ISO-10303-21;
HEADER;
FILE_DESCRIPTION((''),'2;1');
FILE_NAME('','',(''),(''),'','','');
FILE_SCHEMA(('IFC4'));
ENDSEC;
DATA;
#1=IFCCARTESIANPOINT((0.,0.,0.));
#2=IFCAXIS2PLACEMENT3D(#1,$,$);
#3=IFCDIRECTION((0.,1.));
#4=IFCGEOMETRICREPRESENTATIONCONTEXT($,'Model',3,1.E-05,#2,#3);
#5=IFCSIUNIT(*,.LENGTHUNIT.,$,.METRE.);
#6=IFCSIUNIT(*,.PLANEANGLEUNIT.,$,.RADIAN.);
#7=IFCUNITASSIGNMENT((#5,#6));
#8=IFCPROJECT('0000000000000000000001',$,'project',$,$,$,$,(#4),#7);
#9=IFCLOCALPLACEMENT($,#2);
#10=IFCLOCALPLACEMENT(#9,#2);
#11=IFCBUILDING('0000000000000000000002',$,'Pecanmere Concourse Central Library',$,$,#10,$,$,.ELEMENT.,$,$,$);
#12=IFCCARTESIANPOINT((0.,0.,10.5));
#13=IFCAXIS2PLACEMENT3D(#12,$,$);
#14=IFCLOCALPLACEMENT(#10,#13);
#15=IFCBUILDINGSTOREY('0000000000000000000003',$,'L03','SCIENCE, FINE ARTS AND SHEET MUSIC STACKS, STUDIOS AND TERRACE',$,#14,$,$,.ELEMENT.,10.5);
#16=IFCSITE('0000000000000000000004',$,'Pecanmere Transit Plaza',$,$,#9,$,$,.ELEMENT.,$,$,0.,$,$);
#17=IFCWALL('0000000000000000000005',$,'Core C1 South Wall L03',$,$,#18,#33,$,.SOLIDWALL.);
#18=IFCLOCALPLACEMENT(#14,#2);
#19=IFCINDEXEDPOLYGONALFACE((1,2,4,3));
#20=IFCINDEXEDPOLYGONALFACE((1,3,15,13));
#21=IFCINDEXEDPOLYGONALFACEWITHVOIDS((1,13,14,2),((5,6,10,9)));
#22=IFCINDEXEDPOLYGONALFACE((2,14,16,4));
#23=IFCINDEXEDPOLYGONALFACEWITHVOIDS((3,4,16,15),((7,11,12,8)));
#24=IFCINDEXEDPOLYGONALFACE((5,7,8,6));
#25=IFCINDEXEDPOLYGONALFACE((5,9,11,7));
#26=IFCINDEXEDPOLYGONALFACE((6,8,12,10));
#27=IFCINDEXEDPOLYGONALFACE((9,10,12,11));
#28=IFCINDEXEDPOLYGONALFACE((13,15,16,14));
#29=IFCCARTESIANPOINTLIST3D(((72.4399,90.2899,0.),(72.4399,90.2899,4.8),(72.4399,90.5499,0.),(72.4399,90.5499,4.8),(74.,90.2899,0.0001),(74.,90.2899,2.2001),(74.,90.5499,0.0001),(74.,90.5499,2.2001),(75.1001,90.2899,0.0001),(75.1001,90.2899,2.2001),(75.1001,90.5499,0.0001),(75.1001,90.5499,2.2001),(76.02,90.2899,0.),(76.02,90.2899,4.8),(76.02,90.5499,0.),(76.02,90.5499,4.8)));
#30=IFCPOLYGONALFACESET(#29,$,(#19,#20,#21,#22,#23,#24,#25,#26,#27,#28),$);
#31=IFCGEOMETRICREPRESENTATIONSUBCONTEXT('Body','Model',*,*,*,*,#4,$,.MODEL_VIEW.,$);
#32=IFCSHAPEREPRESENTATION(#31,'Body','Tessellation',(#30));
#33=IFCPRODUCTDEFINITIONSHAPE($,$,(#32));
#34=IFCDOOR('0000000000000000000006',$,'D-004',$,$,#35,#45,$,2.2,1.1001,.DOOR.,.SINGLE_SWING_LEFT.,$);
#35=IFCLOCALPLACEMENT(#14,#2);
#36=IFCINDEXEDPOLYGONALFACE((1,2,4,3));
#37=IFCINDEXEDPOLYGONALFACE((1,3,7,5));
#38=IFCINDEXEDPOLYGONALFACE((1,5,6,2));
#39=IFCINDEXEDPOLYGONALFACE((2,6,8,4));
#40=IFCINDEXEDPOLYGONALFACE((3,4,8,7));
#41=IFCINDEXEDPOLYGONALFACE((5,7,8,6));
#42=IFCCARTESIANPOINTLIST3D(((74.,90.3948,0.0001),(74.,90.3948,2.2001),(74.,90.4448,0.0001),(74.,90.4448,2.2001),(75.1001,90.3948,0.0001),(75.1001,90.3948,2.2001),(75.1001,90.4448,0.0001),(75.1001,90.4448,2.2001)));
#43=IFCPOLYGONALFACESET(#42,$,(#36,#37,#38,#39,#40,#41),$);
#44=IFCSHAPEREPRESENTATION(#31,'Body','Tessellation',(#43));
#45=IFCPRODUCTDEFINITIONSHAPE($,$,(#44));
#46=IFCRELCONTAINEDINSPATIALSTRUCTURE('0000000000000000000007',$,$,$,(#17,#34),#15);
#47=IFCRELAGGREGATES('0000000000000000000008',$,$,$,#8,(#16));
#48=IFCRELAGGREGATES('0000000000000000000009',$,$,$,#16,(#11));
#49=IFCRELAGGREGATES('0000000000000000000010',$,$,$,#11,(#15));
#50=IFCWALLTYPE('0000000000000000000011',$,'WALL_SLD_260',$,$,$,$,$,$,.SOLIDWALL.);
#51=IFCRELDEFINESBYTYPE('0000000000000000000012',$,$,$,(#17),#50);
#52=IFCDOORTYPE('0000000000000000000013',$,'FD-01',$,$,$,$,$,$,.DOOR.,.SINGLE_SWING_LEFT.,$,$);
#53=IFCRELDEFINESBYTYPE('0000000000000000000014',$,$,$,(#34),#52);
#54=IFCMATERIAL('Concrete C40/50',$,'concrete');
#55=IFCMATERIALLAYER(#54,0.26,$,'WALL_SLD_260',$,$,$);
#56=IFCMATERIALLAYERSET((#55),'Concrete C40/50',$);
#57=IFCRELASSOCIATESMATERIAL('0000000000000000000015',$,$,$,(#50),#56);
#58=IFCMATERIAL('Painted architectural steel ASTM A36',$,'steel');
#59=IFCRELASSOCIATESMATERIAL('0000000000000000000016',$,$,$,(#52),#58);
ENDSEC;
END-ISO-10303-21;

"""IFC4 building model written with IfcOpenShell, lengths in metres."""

from ifc_helpers import new_model, si_unit, direction, frame, frame_2d, origin, place, context, subcontext, project, spatial, rectangle, extrude, material, layer, layer_set, type_object, element, fill, save


model = new_model("IFC4")

# Units and contexts
model_context = context("Model", 3, precision=1e-05, world=origin(), true_north=direction((0.0, 1.0)))
body_context = subcontext(model_context, "Body", "Model", "MODEL_VIEW")
ifc_project = project(units=[si_unit("LENGTHUNIT", "METRE"), si_unit("PLANEANGLEUNIT", "RADIAN")], contexts=[model_context])

# Site, building, storey
site_placement = place(None, origin())
site = spatial("IfcSite", under=ifc_project, at=site_placement, Name="Pecanmere Transit Plaza", CompositionType="ELEMENT", RefElevation=0.0)
building_placement = place(site_placement, origin())
building = spatial("IfcBuilding", under=site, at=building_placement, Name="Pecanmere Concourse Central Library", CompositionType="ELEMENT")
storey_placement = place(building_placement, frame((0.0, 0.0, 10.5)))
storey = spatial("IfcBuildingStorey", under=building, at=storey_placement, Name="L03", Description="SCIENCE, FINE ARTS AND SHEET MUSIC STACKS, STUDIOS AND TERRACE", CompositionType="ELEMENT", Elevation=10.5)

# Wall, opening, door
ifc_material_1 = material(Name="Concrete C40/50", Category="concrete")
ifc_layer_1 = layer(ifc_material_1, 0.26, Name="WALL_SLD_260")
ifc_layer_set_1 = layer_set([ifc_layer_1], Name="Concrete C40/50")
wall_type = type_object("IfcWallType", Name="WALL_SLD_260", PredefinedType="SOLIDWALL", material=ifc_layer_set_1)
wall_placement = place(storey_placement, frame((72.4399, 90.4199, 0.0), z_axis=(0.0, 0.0, 1.0), x_axis=(1.0, 0.0, 0.0)))
wall = element("IfcWall", 1, at=wall_placement, inside=storey, type_object=wall_type, Name="Core C1 South Wall L03", PredefinedType="SOLIDWALL", context=body_context, shape_type="SweptSolid", body=[
    extrude(rectangle(XDim=3.5801, YDim=0.26, at=frame_2d((1.79, 0.0))), origin(), (0.0, 0.0, 1.0), 4.8),
])
opening_placement = place(wall_placement, frame((1.5601, 0.0, 0.0)))
opening = element("IfcOpeningElement", 2, at=opening_placement, cuts=wall, PredefinedType="OPENING", context=body_context, shape_type="SweptSolid", body=[
    extrude(rectangle(XDim=1.1001, YDim=2.2, at=frame_2d((0.55, 1.1001))), frame((0.0, 0.1421, 0.0), z_axis=(0.0, -1.0, 0.0), x_axis=(1.0, 0.0, 0.0)), (0.0, 0.0, 1.0), 0.2839),
])
ifc_material_2 = material(Name="Painted architectural steel ASTM A36", Category="steel")
door_type = type_object("IfcDoorType", Name="FD-01", OperationType="SINGLE_SWING_LEFT", PredefinedType="DOOR", material=ifc_material_2)
door_placement = place(opening_placement, origin())
door = element("IfcDoor", 3, at=door_placement, inside=storey, type_object=door_type, Name="D-004", OperationType="SINGLE_SWING_LEFT", OverallHeight=2.2, OverallWidth=1.1001, PredefinedType="DOOR", context=body_context, shape_type="SweptSolid", body=[
    extrude(rectangle(XDim=1.1001, YDim=2.2, at=frame_2d((0.55, 1.1001))), frame((0.0, 0.0249, 0.0), z_axis=(0.0, -1.0, 0.0), x_axis=(1.0, 0.0, 0.0)), (0.0, 0.0, 1.0), 0.05),
])
fill(opening, door)

save(model, "model.ifc")
